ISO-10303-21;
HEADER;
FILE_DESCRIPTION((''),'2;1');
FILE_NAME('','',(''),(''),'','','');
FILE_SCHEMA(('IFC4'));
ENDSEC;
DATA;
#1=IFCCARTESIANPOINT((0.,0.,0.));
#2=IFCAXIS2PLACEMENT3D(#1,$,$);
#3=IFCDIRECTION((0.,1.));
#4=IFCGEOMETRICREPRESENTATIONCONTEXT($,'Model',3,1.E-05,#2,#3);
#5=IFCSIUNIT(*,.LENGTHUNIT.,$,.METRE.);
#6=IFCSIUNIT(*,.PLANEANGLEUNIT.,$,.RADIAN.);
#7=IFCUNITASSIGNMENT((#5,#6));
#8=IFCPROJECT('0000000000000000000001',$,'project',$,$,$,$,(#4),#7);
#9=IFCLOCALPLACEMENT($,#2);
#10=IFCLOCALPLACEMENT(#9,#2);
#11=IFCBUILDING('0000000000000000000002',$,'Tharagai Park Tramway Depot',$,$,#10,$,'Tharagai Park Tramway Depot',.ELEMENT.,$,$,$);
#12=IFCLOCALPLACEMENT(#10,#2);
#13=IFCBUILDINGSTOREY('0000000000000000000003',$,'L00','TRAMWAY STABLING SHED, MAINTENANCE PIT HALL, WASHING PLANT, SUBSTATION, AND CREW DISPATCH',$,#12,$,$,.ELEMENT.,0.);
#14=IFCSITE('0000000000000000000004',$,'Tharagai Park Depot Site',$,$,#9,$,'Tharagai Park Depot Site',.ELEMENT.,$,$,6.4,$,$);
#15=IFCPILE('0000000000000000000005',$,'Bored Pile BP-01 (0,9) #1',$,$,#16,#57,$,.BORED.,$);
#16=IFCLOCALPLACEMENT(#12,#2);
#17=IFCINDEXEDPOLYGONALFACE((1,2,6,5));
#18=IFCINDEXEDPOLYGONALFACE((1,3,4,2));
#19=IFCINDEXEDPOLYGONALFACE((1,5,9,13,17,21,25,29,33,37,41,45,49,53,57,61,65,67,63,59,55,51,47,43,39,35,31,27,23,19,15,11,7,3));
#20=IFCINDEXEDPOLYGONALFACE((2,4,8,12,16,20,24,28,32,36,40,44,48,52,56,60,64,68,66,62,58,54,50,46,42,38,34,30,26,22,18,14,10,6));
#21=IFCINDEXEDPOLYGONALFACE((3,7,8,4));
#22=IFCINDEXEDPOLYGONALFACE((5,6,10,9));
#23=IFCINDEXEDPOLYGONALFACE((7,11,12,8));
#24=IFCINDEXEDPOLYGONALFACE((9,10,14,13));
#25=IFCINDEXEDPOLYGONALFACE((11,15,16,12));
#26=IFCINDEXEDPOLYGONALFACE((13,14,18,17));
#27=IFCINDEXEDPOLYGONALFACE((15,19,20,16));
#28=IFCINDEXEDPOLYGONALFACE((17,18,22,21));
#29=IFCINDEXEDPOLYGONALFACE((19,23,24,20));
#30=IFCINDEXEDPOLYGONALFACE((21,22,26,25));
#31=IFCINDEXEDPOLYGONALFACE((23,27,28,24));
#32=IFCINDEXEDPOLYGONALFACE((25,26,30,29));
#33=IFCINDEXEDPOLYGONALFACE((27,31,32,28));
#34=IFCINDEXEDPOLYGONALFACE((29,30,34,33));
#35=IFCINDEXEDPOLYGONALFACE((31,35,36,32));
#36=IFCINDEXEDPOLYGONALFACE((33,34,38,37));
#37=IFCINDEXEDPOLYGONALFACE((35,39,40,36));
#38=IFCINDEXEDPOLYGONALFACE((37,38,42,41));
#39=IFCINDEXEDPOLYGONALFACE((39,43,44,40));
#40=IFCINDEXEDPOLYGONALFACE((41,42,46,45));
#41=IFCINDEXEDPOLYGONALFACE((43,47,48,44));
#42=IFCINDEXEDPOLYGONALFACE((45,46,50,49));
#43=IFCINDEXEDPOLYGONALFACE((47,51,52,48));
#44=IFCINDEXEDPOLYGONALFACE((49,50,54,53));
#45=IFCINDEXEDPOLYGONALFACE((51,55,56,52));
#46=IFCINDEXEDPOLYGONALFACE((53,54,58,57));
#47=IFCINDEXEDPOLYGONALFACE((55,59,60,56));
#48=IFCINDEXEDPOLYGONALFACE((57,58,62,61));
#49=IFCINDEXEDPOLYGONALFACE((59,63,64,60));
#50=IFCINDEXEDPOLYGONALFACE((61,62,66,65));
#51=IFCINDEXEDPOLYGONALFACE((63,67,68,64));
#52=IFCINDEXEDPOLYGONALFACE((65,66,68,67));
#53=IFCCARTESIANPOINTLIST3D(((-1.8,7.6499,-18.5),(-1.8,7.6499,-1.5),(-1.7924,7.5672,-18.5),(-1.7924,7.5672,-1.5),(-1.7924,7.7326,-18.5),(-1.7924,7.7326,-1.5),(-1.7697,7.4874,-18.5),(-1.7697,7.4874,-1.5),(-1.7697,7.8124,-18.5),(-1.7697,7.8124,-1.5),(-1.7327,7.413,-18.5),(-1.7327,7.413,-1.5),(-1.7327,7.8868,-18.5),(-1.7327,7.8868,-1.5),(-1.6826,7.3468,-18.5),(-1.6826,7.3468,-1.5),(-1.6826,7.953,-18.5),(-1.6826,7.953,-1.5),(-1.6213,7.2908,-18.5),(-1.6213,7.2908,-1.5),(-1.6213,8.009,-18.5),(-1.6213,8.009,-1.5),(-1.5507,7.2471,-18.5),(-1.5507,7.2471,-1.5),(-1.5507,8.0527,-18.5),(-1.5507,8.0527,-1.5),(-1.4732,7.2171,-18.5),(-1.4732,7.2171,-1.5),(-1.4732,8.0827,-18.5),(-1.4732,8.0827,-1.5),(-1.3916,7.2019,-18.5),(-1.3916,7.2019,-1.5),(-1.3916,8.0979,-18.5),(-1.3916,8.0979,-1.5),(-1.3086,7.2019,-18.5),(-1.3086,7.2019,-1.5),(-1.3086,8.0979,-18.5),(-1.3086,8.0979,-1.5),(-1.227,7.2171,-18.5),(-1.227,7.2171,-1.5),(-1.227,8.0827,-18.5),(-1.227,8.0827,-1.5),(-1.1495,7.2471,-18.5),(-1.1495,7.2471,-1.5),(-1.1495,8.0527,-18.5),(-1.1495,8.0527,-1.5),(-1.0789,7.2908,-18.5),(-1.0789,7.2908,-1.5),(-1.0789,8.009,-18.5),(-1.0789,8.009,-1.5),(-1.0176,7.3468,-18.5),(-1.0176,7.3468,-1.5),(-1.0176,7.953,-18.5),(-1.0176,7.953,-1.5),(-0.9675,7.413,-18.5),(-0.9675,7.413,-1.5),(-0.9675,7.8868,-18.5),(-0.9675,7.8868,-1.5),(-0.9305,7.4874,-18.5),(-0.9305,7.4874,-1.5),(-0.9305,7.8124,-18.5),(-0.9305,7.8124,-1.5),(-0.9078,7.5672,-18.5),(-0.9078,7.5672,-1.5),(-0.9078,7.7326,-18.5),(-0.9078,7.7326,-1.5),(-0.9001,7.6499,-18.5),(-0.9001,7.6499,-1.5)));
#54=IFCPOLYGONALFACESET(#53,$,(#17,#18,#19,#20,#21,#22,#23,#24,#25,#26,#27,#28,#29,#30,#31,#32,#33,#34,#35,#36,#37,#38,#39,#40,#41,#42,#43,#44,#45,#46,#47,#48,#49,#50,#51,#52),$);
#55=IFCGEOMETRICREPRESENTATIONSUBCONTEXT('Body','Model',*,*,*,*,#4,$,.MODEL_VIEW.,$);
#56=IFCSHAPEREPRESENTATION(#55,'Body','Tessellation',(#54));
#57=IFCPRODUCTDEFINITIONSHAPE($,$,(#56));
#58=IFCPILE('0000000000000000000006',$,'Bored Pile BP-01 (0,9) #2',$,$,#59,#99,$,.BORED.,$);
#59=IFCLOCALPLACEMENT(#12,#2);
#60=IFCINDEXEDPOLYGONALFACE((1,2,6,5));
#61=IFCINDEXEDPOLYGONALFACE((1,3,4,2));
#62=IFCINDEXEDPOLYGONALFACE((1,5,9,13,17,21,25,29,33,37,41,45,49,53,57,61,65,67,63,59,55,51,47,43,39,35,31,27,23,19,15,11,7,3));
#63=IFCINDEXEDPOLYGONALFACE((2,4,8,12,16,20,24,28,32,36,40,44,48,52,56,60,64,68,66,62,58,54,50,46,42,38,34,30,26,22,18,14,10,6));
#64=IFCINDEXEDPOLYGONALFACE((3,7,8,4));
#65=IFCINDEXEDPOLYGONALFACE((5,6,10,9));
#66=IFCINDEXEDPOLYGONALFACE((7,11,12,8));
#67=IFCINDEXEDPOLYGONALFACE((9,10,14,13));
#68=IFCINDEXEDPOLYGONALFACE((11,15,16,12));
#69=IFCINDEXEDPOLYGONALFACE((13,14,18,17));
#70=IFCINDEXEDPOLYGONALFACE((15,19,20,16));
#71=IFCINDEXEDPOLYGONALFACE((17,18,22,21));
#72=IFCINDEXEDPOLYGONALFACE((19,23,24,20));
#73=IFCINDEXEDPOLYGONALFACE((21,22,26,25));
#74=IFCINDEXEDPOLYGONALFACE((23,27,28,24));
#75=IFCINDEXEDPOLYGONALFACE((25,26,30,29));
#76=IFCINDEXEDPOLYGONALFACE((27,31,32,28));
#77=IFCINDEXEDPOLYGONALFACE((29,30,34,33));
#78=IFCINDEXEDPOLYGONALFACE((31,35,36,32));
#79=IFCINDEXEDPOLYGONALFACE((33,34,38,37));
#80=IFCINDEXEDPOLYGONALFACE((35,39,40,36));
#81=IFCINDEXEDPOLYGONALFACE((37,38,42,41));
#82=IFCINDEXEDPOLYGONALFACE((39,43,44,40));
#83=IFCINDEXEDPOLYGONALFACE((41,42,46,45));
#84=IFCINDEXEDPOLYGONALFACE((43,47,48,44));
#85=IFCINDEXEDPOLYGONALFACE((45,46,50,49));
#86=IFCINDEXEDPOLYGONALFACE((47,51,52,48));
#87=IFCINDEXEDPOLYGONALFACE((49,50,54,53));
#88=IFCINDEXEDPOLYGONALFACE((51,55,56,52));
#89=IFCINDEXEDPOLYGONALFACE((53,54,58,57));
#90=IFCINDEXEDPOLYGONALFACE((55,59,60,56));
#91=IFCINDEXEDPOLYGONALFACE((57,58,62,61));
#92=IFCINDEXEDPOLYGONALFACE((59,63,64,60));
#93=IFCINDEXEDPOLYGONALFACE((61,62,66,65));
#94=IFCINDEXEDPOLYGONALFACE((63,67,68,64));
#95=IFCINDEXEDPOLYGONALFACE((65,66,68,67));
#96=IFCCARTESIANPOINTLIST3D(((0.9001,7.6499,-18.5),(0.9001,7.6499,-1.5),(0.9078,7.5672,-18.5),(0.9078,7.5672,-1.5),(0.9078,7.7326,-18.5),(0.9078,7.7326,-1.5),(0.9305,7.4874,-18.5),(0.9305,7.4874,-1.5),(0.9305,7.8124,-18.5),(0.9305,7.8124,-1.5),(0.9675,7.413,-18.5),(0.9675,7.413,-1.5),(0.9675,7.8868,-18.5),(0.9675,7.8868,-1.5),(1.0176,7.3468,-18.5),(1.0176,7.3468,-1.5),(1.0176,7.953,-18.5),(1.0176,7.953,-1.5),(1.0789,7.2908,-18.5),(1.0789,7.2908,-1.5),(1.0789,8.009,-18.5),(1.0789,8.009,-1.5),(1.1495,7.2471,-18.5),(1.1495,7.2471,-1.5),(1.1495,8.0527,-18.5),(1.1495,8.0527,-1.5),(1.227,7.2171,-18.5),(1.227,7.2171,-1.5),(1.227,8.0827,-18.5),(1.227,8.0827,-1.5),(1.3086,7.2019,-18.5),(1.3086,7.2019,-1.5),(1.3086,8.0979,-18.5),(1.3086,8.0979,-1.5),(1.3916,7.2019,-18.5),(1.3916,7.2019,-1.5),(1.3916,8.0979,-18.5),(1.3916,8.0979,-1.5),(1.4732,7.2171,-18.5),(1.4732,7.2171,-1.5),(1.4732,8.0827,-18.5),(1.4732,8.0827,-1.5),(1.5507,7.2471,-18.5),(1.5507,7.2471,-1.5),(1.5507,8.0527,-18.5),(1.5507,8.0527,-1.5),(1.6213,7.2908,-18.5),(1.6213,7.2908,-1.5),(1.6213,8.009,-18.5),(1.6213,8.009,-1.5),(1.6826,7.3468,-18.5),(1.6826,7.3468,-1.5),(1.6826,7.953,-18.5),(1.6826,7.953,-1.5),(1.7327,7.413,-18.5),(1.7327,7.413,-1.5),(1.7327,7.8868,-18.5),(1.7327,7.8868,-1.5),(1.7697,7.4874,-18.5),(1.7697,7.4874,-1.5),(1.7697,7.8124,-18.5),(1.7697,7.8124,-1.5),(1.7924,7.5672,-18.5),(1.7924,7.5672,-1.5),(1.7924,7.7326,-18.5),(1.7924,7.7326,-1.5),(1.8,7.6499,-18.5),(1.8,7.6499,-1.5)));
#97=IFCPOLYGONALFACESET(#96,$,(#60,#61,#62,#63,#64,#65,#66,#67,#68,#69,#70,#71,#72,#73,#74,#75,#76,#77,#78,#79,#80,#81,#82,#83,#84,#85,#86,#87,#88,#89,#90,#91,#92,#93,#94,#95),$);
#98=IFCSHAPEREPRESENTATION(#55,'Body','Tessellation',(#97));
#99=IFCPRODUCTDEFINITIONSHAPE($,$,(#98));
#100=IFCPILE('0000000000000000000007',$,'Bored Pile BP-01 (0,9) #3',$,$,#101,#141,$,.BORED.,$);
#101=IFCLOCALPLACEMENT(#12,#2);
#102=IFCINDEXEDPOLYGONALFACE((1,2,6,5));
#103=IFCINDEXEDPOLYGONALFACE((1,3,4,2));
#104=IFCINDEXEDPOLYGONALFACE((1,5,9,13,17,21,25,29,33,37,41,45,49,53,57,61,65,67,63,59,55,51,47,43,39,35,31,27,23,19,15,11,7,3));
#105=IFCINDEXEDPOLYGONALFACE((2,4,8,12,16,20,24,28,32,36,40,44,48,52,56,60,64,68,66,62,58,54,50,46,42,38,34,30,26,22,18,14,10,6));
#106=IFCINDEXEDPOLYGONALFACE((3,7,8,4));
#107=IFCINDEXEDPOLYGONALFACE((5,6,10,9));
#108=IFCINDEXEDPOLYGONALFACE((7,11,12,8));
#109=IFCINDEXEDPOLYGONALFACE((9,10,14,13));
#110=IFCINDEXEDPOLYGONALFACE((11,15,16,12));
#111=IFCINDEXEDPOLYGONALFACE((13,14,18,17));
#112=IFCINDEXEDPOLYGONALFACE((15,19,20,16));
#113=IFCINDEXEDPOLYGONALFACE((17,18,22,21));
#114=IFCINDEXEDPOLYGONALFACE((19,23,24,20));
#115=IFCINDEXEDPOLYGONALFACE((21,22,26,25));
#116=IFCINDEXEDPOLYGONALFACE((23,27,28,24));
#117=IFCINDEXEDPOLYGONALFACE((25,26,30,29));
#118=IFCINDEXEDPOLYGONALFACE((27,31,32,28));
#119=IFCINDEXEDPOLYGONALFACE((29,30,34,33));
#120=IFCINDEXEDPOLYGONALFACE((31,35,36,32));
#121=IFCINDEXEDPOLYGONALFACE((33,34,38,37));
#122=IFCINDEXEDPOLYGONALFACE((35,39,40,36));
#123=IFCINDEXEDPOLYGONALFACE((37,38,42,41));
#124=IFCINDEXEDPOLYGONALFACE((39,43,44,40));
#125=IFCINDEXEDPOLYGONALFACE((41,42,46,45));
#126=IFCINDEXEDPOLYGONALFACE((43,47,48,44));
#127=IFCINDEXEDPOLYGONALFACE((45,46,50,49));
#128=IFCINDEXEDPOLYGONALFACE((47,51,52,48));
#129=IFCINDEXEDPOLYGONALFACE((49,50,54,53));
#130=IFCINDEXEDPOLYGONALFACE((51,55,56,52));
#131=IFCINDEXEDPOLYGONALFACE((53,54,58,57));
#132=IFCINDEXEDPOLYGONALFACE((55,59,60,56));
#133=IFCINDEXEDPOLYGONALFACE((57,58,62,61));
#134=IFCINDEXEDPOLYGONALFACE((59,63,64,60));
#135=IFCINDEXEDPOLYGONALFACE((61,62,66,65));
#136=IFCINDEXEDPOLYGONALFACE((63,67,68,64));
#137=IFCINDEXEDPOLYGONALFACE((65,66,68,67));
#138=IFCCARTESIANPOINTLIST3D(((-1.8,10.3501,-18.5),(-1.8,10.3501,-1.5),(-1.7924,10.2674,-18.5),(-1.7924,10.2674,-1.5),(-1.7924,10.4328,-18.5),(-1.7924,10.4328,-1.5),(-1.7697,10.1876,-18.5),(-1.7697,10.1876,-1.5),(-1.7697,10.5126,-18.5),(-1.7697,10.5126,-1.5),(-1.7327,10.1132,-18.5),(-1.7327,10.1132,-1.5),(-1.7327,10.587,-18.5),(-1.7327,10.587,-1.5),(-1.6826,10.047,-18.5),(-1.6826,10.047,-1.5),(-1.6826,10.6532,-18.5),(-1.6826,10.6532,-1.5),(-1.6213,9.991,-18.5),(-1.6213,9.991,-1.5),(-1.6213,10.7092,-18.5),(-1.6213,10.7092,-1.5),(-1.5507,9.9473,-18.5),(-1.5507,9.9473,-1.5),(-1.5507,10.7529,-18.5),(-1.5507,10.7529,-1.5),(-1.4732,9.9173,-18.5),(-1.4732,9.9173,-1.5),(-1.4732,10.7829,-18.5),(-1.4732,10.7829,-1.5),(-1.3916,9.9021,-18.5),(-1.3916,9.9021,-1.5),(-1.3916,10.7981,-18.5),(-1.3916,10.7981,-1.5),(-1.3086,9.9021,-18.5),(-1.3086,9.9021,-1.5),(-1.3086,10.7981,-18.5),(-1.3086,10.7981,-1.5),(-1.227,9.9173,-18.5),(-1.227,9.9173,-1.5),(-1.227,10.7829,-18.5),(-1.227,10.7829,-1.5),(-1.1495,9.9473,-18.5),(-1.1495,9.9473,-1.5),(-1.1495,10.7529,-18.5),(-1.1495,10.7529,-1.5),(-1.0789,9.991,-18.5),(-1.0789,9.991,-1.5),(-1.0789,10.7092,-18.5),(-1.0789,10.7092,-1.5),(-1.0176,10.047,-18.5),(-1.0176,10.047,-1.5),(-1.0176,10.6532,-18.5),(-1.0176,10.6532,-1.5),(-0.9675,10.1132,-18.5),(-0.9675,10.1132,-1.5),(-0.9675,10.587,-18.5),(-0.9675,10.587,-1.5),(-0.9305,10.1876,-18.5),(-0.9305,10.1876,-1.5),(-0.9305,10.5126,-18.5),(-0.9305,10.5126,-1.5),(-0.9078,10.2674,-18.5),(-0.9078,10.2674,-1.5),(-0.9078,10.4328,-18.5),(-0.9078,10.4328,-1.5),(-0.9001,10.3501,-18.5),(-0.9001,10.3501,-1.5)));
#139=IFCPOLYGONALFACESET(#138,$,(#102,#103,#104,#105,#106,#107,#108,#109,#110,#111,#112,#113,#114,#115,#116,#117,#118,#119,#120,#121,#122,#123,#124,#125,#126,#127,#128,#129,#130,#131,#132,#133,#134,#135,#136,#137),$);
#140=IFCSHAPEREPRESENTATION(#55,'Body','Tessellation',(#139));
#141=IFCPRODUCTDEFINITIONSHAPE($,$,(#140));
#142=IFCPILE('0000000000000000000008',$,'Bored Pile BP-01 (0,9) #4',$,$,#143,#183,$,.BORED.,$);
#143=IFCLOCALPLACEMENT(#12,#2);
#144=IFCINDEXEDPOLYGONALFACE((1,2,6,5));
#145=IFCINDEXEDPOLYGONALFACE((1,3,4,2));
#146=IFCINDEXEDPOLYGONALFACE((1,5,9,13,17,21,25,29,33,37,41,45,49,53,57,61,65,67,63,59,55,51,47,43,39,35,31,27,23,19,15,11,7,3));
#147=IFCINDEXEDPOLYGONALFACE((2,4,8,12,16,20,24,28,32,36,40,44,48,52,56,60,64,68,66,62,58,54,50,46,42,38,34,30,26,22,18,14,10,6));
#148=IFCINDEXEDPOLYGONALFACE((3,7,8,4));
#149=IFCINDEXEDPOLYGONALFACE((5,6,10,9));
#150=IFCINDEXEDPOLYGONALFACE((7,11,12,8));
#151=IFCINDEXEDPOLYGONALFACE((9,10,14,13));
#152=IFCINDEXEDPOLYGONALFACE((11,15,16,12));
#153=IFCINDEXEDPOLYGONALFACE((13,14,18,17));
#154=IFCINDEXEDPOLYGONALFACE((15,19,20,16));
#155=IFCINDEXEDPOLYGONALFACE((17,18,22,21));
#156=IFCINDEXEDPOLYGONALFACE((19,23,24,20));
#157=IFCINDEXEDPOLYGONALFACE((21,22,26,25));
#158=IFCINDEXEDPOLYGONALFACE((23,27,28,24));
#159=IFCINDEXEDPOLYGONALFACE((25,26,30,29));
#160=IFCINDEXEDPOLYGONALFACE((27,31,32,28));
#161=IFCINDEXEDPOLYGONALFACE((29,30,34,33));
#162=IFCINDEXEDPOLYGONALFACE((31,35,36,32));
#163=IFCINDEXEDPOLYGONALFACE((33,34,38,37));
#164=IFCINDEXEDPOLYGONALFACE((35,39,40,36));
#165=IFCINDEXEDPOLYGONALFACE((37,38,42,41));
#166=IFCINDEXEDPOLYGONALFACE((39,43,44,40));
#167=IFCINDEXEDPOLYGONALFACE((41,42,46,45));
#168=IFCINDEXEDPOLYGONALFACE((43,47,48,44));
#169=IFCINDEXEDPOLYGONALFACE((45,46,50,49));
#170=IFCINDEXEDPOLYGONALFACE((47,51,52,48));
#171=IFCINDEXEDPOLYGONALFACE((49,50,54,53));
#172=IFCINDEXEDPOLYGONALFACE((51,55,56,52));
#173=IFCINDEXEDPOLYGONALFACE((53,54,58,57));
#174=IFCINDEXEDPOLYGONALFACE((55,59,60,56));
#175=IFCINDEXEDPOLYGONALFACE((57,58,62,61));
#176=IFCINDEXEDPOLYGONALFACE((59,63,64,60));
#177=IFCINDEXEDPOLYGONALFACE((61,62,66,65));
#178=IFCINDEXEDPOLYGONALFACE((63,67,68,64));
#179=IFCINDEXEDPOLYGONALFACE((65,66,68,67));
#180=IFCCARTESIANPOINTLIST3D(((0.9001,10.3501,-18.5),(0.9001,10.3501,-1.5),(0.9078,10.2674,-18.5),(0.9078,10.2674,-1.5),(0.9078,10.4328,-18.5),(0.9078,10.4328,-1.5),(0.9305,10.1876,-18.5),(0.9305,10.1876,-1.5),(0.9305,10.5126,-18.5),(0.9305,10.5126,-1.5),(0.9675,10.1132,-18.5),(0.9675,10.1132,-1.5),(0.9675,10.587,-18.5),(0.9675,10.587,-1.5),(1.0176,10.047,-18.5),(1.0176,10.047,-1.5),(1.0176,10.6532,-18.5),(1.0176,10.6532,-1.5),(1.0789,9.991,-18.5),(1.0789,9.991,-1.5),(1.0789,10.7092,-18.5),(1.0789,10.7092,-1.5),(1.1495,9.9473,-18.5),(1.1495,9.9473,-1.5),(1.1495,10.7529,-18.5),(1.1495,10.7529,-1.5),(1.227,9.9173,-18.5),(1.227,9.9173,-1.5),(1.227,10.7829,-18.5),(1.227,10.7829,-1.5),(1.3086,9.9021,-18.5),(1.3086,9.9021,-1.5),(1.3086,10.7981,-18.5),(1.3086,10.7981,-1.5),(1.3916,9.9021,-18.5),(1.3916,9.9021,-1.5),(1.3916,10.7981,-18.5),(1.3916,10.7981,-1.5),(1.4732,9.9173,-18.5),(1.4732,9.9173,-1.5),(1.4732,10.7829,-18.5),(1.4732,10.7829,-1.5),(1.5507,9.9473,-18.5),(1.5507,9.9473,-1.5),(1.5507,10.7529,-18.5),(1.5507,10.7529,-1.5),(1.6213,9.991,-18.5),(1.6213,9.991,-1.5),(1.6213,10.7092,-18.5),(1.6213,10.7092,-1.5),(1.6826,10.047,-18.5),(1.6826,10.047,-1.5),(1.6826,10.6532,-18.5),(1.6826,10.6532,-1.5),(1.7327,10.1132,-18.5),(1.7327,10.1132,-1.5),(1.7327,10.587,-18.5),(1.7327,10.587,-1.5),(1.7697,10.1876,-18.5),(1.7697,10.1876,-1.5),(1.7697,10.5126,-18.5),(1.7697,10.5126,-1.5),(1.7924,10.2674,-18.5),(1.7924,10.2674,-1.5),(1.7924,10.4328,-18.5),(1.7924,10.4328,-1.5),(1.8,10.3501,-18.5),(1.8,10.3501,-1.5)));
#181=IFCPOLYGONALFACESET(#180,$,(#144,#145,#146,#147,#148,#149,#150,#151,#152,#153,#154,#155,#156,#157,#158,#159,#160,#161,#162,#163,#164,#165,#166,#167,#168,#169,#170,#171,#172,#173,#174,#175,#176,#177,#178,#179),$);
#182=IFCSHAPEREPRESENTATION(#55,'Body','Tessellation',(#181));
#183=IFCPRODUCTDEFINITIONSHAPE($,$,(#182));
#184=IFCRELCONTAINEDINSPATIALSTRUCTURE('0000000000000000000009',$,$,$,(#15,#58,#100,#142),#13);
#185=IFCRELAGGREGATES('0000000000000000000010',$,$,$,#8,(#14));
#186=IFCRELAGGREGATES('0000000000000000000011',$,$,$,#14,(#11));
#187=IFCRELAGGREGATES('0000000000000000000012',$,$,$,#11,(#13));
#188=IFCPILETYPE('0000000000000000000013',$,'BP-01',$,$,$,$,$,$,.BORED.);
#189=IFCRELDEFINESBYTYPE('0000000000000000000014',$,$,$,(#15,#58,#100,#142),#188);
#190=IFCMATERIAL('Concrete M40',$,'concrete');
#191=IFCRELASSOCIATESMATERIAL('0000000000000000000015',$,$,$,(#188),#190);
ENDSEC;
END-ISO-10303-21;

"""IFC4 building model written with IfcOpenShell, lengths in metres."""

from ifc_helpers import new_model, si_unit, direction, frame, origin, origin_2d, place, context, subcontext, project, spatial, circle, extrude, material, material_profile, profile_set, type_object, element, save


model = new_model("IFC4")

# Units and contexts
model_context = context("Model", 3, precision=1e-05, world=origin(), true_north=direction((0.0, 1.0)))
body_context = subcontext(model_context, "Body", "Model", "MODEL_VIEW")
ifc_project = project(units=[si_unit("LENGTHUNIT", "METRE"), si_unit("PLANEANGLEUNIT", "RADIAN")], contexts=[model_context])

# Site, building, storey
site_placement = place(None, origin())
site = spatial("IfcSite", under=ifc_project, at=site_placement, Name="Tharagai Park Depot Site", LongName="Tharagai Park Depot Site", CompositionType="ELEMENT", RefElevation=6.4)
building_placement = place(site_placement, origin())
building = spatial("IfcBuilding", under=site, at=building_placement, Name="Tharagai Park Tramway Depot", LongName="Tharagai Park Tramway Depot", CompositionType="ELEMENT")
storey_placement = place(building_placement, origin())
storey = spatial("IfcBuildingStorey", under=building, at=storey_placement, Name="L00", Description="TRAMWAY STABLING SHED, MAINTENANCE PIT HALL, WASHING PLANT, SUBSTATION, AND CREW DISPATCH", CompositionType="ELEMENT", Elevation=0.0)

# Piles
ifc_material_1 = material(Name="Concrete M40", Category="concrete")
ifc_material_profile_1 = material_profile(ifc_material_1, circle(Radius=0.45, at=origin_2d()), Name="PILE D900")
ifc_profile_set_1 = profile_set([ifc_material_profile_1], Name="Concrete M40")
pile_type = type_object("IfcPileType", Name="BP-01", PredefinedType="BORED", material=ifc_profile_set_1)
for number, where, z_axis, x_axis, name in (
    (1, (-1.3501, 7.6499, -1.5), (0.0, 0.0, -1.0), (1.0, 0.0, 0.0), "Bored Pile BP-01 (0,9) #1"),
    (2, (1.3501, 7.6499, -1.5), (0.0, 0.0, -1.0), (1.0, 0.0, 0.0), "Bored Pile BP-01 (0,9) #2"),
    (3, (-1.3501, 10.3501, -1.5), (0.0, 0.0, -1.0), (1.0, 0.0, 0.0), "Bored Pile BP-01 (0,9) #3"),
    (4, (1.3501, 10.3501, -1.5), (0.0, 0.0, -1.0), (1.0, 0.0, 0.0), "Bored Pile BP-01 (0,9) #4"),
):
    element("IfcPile", number, at=place(storey_placement, frame(where, z_axis=z_axis, x_axis=x_axis)), inside=storey, type_object=pile_type, Name=name, PredefinedType="BORED", context=body_context, shape_type="SweptSolid", body=[
        extrude(circle(Radius=0.45, at=origin_2d()), origin(), (0.0, 0.0, 1.0), 17.0),
    ])

save(model, "model.ifc")
